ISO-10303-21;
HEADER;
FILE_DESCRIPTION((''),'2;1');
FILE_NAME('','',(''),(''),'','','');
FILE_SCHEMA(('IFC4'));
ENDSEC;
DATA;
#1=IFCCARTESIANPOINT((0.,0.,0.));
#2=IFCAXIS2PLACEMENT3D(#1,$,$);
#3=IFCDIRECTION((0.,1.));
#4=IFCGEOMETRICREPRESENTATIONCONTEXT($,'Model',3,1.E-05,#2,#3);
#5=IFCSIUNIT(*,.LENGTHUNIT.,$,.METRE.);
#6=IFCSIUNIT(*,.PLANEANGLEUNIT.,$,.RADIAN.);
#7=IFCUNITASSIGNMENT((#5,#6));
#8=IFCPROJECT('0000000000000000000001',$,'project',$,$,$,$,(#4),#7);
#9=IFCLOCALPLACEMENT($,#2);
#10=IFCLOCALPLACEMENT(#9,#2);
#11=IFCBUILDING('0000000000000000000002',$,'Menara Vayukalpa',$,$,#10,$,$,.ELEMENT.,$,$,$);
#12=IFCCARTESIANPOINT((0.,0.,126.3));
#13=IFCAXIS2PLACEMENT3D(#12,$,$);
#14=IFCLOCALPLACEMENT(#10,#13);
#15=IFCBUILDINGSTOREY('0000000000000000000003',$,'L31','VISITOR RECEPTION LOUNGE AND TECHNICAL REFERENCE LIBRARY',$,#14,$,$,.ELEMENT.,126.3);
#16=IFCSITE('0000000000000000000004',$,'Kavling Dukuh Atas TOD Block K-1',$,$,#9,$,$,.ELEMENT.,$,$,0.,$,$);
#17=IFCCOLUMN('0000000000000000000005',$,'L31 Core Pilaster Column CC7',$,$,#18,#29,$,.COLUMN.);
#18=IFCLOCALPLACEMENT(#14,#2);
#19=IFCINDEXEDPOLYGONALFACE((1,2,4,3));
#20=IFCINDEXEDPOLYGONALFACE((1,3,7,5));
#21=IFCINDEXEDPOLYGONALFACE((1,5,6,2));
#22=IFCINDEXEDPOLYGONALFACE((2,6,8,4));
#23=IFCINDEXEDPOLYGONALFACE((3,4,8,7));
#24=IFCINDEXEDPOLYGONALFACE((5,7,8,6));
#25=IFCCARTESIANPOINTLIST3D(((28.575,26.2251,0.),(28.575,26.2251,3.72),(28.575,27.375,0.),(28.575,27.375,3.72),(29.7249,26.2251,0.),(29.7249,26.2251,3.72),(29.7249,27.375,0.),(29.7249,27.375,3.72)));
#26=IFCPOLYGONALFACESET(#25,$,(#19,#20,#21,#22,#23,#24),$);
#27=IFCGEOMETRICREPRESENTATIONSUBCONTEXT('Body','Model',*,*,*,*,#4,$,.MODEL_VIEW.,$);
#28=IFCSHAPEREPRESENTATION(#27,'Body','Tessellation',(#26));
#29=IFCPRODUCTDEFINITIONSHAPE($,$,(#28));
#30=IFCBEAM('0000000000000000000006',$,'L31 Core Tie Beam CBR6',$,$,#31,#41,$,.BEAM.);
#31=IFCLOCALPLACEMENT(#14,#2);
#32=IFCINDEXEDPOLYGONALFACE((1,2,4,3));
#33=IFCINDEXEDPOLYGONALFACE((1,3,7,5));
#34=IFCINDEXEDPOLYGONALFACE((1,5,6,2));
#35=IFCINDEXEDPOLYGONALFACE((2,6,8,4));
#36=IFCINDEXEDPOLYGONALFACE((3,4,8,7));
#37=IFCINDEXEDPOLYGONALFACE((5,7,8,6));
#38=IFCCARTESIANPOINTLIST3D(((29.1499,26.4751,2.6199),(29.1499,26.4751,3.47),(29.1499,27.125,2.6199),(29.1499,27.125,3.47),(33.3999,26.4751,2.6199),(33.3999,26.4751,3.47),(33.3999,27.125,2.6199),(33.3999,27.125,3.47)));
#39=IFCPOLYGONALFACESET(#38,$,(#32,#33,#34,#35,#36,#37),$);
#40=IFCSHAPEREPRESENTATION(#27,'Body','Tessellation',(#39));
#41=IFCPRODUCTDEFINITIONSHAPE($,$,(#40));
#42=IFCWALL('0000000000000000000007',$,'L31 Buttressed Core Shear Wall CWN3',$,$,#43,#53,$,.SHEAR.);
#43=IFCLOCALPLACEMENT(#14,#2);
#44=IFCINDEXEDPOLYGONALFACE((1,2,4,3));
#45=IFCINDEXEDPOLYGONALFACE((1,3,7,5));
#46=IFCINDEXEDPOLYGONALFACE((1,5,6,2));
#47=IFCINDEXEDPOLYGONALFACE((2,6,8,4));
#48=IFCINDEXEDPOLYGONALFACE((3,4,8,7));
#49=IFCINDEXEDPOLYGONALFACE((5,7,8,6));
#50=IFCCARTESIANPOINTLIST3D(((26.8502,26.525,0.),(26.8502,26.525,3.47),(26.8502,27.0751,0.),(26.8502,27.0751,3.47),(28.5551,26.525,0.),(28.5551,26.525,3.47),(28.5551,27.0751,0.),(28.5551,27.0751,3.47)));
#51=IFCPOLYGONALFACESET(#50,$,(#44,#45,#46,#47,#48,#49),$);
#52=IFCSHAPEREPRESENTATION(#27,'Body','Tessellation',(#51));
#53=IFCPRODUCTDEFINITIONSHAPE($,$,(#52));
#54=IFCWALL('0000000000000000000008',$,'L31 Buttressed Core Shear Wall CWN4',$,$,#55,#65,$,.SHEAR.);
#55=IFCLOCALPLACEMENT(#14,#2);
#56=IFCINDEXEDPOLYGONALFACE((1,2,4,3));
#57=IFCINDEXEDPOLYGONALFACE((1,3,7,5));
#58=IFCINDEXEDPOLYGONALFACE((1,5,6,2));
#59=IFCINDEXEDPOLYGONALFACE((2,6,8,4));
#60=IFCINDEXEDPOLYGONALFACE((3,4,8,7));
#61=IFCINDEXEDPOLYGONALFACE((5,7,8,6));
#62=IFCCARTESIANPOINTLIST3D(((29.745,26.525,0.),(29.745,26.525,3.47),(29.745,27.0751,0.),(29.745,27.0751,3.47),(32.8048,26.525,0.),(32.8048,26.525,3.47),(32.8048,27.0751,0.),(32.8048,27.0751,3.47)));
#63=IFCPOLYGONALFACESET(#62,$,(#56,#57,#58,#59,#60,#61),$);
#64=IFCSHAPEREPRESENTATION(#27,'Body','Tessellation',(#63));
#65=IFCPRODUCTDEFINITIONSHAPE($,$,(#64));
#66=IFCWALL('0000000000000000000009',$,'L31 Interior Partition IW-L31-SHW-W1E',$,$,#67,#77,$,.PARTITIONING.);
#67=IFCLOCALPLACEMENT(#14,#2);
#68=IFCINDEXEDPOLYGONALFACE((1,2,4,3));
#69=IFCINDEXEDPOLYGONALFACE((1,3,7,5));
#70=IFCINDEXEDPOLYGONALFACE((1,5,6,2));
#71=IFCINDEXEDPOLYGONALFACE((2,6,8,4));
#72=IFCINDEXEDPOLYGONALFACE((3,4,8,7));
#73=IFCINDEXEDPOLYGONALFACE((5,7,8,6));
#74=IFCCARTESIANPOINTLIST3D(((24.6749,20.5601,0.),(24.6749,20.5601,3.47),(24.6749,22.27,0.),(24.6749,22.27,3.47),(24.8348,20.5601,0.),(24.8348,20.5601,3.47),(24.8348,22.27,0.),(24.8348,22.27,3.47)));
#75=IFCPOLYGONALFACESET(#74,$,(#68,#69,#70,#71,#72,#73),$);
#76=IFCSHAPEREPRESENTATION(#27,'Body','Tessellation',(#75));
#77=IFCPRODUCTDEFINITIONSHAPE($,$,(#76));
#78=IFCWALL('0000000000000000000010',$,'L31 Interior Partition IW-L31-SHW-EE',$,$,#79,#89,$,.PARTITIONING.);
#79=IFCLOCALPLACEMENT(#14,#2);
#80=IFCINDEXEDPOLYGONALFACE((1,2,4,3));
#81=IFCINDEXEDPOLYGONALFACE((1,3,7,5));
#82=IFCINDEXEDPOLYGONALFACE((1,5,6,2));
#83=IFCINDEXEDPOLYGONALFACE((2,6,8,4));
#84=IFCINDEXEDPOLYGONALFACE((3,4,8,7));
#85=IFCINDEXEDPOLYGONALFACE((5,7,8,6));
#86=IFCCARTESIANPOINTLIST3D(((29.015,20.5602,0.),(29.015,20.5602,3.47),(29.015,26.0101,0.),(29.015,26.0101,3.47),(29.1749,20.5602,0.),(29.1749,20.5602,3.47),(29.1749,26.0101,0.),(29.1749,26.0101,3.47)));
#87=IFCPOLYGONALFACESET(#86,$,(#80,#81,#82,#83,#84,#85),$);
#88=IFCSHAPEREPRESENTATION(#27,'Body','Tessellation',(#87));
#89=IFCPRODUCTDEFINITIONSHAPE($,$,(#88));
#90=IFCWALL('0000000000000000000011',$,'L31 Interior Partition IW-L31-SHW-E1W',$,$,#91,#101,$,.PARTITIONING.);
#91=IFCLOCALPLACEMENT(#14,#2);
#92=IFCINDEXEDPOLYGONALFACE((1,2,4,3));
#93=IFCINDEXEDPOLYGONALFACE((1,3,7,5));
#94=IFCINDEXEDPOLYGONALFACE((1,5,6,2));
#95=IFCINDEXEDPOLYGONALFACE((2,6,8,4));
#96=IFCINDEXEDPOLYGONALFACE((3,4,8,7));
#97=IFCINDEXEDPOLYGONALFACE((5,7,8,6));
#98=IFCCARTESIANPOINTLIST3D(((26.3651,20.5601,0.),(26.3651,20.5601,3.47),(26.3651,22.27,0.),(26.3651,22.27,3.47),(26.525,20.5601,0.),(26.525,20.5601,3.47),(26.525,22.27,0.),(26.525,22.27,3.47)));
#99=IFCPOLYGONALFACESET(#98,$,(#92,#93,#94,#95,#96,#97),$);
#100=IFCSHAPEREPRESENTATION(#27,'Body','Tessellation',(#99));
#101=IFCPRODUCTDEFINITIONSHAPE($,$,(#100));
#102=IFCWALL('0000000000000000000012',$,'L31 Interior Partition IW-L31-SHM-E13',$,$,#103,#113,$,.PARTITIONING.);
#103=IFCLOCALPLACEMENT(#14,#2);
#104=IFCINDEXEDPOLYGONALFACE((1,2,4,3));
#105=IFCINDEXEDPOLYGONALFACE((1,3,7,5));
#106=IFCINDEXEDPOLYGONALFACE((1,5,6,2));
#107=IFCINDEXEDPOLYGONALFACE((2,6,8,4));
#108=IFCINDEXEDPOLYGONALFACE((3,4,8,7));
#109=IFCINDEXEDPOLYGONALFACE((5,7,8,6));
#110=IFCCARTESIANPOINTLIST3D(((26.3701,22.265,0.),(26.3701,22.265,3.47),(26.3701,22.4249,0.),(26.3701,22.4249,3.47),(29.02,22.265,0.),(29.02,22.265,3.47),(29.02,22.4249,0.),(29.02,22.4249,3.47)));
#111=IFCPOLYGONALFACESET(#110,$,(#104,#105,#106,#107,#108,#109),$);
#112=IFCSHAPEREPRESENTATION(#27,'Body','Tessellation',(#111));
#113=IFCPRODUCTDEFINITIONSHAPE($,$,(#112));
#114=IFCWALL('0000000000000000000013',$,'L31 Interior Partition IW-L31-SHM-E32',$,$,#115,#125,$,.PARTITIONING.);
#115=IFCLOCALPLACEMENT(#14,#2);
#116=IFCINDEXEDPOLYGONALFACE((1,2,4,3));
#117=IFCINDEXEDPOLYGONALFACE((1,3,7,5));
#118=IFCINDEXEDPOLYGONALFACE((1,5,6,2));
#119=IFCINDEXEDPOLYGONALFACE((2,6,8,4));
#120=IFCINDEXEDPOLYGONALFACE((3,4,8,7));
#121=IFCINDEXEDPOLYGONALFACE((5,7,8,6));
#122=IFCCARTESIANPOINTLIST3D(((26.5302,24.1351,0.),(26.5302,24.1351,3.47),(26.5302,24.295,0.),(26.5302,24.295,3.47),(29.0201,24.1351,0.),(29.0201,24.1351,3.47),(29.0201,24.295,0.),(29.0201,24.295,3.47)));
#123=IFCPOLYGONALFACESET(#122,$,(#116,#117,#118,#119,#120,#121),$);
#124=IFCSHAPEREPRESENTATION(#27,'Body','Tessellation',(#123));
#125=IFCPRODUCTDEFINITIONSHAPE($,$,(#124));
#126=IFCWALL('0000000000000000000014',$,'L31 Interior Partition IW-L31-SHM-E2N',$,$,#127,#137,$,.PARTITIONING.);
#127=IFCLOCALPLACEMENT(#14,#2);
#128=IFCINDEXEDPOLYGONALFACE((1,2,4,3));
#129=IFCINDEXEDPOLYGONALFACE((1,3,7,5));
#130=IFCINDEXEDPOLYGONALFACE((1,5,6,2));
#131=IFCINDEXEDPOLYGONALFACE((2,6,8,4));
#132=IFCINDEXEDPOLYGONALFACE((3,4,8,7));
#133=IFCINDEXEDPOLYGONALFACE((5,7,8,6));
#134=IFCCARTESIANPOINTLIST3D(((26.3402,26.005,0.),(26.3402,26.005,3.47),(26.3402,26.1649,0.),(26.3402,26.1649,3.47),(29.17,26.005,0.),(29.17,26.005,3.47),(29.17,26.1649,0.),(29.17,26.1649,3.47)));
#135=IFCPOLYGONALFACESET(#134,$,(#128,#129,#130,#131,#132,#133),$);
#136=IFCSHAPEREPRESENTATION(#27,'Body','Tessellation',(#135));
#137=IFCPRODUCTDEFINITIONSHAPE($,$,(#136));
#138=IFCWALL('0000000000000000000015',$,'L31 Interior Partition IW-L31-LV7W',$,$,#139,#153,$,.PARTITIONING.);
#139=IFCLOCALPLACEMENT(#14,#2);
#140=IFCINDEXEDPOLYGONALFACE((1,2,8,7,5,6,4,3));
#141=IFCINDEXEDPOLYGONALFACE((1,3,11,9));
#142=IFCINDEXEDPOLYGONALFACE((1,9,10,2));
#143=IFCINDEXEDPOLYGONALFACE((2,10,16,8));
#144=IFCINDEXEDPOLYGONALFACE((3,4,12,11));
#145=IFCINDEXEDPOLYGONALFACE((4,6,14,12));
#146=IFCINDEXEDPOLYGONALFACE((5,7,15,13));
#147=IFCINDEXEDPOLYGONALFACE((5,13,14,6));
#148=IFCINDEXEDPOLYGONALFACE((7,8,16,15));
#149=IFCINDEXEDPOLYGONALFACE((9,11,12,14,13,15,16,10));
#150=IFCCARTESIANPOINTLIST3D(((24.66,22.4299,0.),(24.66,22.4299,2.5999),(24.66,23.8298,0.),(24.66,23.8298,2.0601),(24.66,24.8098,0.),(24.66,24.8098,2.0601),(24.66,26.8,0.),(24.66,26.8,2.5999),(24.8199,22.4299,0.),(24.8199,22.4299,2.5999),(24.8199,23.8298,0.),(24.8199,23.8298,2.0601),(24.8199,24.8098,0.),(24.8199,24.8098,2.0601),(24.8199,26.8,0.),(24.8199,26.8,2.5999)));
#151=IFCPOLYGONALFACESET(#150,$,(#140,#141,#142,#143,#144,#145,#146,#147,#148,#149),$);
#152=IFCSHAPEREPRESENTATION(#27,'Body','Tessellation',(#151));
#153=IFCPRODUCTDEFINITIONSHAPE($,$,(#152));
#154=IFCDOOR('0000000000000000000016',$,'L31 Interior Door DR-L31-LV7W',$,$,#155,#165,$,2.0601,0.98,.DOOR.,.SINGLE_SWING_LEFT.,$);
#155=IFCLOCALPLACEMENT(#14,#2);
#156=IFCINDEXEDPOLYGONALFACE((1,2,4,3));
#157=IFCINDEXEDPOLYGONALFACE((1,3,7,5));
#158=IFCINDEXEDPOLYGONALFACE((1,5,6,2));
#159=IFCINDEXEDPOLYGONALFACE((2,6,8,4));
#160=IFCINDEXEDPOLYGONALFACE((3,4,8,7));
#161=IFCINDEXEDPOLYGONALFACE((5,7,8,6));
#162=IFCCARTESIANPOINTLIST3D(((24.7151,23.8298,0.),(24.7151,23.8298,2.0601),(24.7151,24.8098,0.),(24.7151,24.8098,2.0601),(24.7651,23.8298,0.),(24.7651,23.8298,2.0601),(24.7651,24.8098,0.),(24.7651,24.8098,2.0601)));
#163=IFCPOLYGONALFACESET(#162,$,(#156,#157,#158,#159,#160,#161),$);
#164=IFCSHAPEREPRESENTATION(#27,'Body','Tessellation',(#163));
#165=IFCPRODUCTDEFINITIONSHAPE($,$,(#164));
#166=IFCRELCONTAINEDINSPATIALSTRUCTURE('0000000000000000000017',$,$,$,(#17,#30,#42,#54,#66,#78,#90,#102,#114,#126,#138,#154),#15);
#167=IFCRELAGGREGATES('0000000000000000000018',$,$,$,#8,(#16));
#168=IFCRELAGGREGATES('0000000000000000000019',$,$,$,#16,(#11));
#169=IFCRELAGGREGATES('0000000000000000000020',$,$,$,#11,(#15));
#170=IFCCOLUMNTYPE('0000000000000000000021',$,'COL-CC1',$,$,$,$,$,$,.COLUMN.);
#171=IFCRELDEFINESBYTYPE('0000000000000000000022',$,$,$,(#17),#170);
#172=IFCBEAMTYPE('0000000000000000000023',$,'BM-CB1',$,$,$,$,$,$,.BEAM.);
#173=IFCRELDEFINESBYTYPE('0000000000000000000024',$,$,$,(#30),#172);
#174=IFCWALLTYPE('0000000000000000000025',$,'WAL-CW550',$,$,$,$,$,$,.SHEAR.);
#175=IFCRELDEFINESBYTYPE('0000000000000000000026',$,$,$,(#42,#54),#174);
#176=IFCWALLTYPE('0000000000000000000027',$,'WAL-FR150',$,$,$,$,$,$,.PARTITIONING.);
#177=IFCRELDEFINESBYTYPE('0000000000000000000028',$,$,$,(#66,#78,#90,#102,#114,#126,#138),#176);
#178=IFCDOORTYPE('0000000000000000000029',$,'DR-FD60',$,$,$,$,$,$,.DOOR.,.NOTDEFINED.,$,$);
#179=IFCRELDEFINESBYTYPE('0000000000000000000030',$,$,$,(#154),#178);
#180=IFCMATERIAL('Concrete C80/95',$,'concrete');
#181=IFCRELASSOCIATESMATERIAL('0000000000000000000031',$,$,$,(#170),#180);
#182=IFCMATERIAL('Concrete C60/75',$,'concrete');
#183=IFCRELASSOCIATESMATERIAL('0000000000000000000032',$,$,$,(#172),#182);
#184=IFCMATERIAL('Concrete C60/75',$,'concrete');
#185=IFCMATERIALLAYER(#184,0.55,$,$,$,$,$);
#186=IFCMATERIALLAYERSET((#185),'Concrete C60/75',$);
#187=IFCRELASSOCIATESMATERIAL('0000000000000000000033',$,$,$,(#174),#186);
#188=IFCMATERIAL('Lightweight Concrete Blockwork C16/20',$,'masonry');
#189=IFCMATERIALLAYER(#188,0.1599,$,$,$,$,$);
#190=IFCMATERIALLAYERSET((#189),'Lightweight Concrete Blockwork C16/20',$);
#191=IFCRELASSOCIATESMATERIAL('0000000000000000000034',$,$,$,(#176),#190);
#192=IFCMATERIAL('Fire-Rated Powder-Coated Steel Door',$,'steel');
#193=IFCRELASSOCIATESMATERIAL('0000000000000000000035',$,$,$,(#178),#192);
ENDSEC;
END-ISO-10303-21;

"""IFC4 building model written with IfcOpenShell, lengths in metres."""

from ifc_helpers import new_model, si_unit, direction, frame, frame_2d, origin, origin_2d, place, context, subcontext, project, spatial, rectangle, extrude, material, layer, layer_set, material_profile, profile_set, type_object, element, fill, save


model = new_model("IFC4")

# Units and contexts
model_context = context("Model", 3, precision=1e-05, world=origin(), true_north=direction((0.0, 1.0)))
body_context = subcontext(model_context, "Body", "Model", "MODEL_VIEW")
ifc_project = project(units=[si_unit("LENGTHUNIT", "METRE"), si_unit("PLANEANGLEUNIT", "RADIAN")], contexts=[model_context])

# Site, building, storey
site_placement = place(None, origin())
site = spatial("IfcSite", under=ifc_project, at=site_placement, Name="Kavling Dukuh Atas TOD Block K-1", CompositionType="ELEMENT", RefElevation=0.0)
building_placement = place(site_placement, origin())
building = spatial("IfcBuilding", under=site, at=building_placement, Name="Menara Vayukalpa", CompositionType="ELEMENT")
storey_placement = place(building_placement, frame((0.0, 0.0, 126.3)))
storey = spatial("IfcBuildingStorey", under=building, at=storey_placement, Name="L31", Description="VISITOR RECEPTION LOUNGE AND TECHNICAL REFERENCE LIBRARY", CompositionType="ELEMENT", Elevation=126.3)

# Column
ifc_material_1 = material(Name="Concrete C80/95", Category="concrete")
ifc_material_profile_1 = material_profile(ifc_material_1, rectangle(XDim=1.1499, YDim=1.1499, at=origin_2d()), Name="RC 1150x1150")
ifc_profile_set_1 = profile_set([ifc_material_profile_1], Name="Concrete C80/95")
column_type = type_object("IfcColumnType", Name="COL-CC1", PredefinedType="COLUMN", material=ifc_profile_set_1)
column_placement = place(storey_placement, frame((29.1499, 26.8, 0.0), z_axis=(0.0, 0.0, 1.0), x_axis=(1.0, 0.0, 0.0)))
element("IfcColumn", 1, at=column_placement, inside=storey, type_object=column_type, Name="L31 Core Pilaster Column CC7", PredefinedType="COLUMN", context=body_context, shape_type="SweptSolid", body=[
    extrude(rectangle(XDim=1.1499, YDim=1.1499, at=origin_2d()), origin(), (0.0, 0.0, 1.0), 3.72),
])

# Beam
ifc_material_2 = material(Name="Concrete C60/75", Category="concrete")
ifc_material_profile_2 = material_profile(ifc_material_2, rectangle(XDim=0.6499, YDim=0.8501, at=origin_2d()), Name="RC 650x850")
ifc_profile_set_2 = profile_set([ifc_material_profile_2], Name="Concrete C60/75")
beam_type = type_object("IfcBeamType", Name="BM-CB1", PredefinedType="BEAM", material=ifc_profile_set_2)
beam_placement = place(storey_placement, frame((29.1499, 26.8, 3.0449), z_axis=(1.0, 0.0, 0.0), x_axis=(0.0, 1.0, 0.0)))
element("IfcBeam", 2, at=beam_placement, inside=storey, type_object=beam_type, Name="L31 Core Tie Beam CBR6", PredefinedType="BEAM", context=body_context, shape_type="SweptSolid", body=[
    extrude(rectangle(XDim=0.6499, YDim=0.8501, at=origin_2d()), origin(), (0.0, 0.0, 1.0), 4.25),
])

# Walls
ifc_material_3 = material(Name="Concrete C60/75", Category="concrete")
ifc_layer_1 = layer(ifc_material_3, 0.55)
ifc_layer_set_1 = layer_set([ifc_layer_1], Name="Concrete C60/75")
wall_type_1 = type_object("IfcWallType", Name="WAL-CW550", PredefinedType="SHEAR", material=ifc_layer_set_1)
wall_1_placement = place(storey_placement, frame((26.8501, 26.8, 0.0), z_axis=(0.0, 0.0, 1.0), x_axis=(1.0, 0.0, 0.0)))
element("IfcWall", 3, at=wall_1_placement, inside=storey, type_object=wall_type_1, Name="L31 Buttressed Core Shear Wall CWN3", PredefinedType="SHEAR", context=body_context, shape_type="SweptSolid", body=[
    extrude(rectangle(XDim=1.7048, YDim=0.55, at=frame_2d((0.8525, 0.0))), origin(), (0.0, 0.0, 1.0), 3.47),
])
wall_2_placement = place(storey_placement, frame((29.7451, 26.8, 0.0), z_axis=(0.0, 0.0, 1.0), x_axis=(1.0, 0.0, 0.0)))
element("IfcWall", 4, at=wall_2_placement, inside=storey, type_object=wall_type_1, Name="L31 Buttressed Core Shear Wall CWN4", PredefinedType="SHEAR", context=body_context, shape_type="SweptSolid", body=[
    extrude(rectangle(XDim=3.0598, YDim=0.55, at=frame_2d((1.5298, 0.0))), origin(), (0.0, 0.0, 1.0), 3.47),
])
ifc_material_4 = material(Name="Lightweight Concrete Blockwork C16/20", Category="masonry")
ifc_layer_2 = layer(ifc_material_4, 0.1599)
ifc_layer_set_2 = layer_set([ifc_layer_2], Name="Lightweight Concrete Blockwork C16/20")
wall_type_2 = type_object("IfcWallType", Name="WAL-FR150", PredefinedType="PARTITIONING", material=ifc_layer_set_2)
wall_3_placement = place(storey_placement, frame((24.7549, 20.5601, 0.0), z_axis=(0.0, 0.0, 1.0), x_axis=(0.0, 1.0, 0.0)))
element("IfcWall", 5, at=wall_3_placement, inside=storey, type_object=wall_type_2, Name="L31 Interior Partition IW-L31-SHW-W1E", PredefinedType="PARTITIONING", context=body_context, shape_type="SweptSolid", body=[
    extrude(rectangle(XDim=1.71, YDim=0.1599, at=frame_2d((0.855, 0.0))), origin(), (0.0, 0.0, 1.0), 3.47),
])
wall_4_placement = place(storey_placement, frame((29.095, 20.5601, 0.0), z_axis=(0.0, 0.0, 1.0), x_axis=(0.0, 1.0, 0.0)))
element("IfcWall", 6, at=wall_4_placement, inside=storey, type_object=wall_type_2, Name="L31 Interior Partition IW-L31-SHW-EE", PredefinedType="PARTITIONING", context=body_context, shape_type="SweptSolid", body=[
    extrude(rectangle(XDim=5.45, YDim=0.1599, at=frame_2d((2.7251, 0.0))), origin(), (0.0, 0.0, 1.0), 3.47),
])
wall_5_placement = place(storey_placement, frame((26.4451, 20.5601, 0.0), z_axis=(0.0, 0.0, 1.0), x_axis=(0.0, 1.0, 0.0)))
element("IfcWall", 7, at=wall_5_placement, inside=storey, type_object=wall_type_2, Name="L31 Interior Partition IW-L31-SHW-E1W", PredefinedType="PARTITIONING", context=body_context, shape_type="SweptSolid", body=[
    extrude(rectangle(XDim=1.71, YDim=0.1599, at=frame_2d((0.855, 0.0))), origin(), (0.0, 0.0, 1.0), 3.47),
])
wall_6_placement = place(storey_placement, frame((26.3701, 22.345, 0.0), z_axis=(0.0, 0.0, 1.0), x_axis=(1.0, 0.0, 0.0)))
element("IfcWall", 8, at=wall_6_placement, inside=storey, type_object=wall_type_2, Name="L31 Interior Partition IW-L31-SHM-E13", PredefinedType="PARTITIONING", context=body_context, shape_type="SweptSolid", body=[
    extrude(rectangle(XDim=2.6499, YDim=0.1599, at=frame_2d((1.325, 0.0))), origin(), (0.0, 0.0, 1.0), 3.47),
])
wall_7_placement = place(storey_placement, frame((26.53, 24.2151, 0.0), z_axis=(0.0, 0.0, 1.0), x_axis=(1.0, 0.0, 0.0)))
element("IfcWall", 9, at=wall_7_placement, inside=storey, type_object=wall_type_2, Name="L31 Interior Partition IW-L31-SHM-E32", PredefinedType="PARTITIONING", context=body_context, shape_type="SweptSolid", body=[
    extrude(rectangle(XDim=2.49, YDim=0.1599, at=frame_2d((1.2451, 0.0))), origin(), (0.0, 0.0, 1.0), 3.47),
])
wall_8_placement = place(storey_placement, frame((26.3401, 26.085, 0.0), z_axis=(0.0, 0.0, 1.0), x_axis=(1.0, 0.0, 0.0)))
element("IfcWall", 10, at=wall_8_placement, inside=storey, type_object=wall_type_2, Name="L31 Interior Partition IW-L31-SHM-E2N", PredefinedType="PARTITIONING", context=body_context, shape_type="SweptSolid", body=[
    extrude(rectangle(XDim=2.8298, YDim=0.1599, at=frame_2d((1.415, 0.0))), origin(), (0.0, 0.0, 1.0), 3.47),
])

# Wall, opening, door
wall_9_placement = place(storey_placement, frame((24.74, 22.4299, 0.0), z_axis=(0.0, 0.0, 1.0), x_axis=(0.0, 1.0, 0.0)))
wall_9 = element("IfcWall", 11, at=wall_9_placement, inside=storey, type_object=wall_type_2, Name="L31 Interior Partition IW-L31-LV7W", PredefinedType="PARTITIONING", context=body_context, shape_type="SweptSolid", body=[
    extrude(rectangle(XDim=4.3701, YDim=0.1599, at=frame_2d((2.1851, 0.0))), origin(), (0.0, 0.0, 1.0), 2.5999),
])
opening_1_placement = place(wall_9_placement, frame((1.3999, 0.0, 0.0)))
opening_1 = element("IfcOpeningElement", 12, at=opening_1_placement, cuts=wall_9, PredefinedType="OPENING", context=body_context, shape_type="SweptSolid", body=[
    extrude(rectangle(XDim=0.98, YDim=2.0601, at=frame_2d((0.49, 1.03))), frame((0.0, 0.0898, 0.0), z_axis=(0.0, -1.0, 0.0), x_axis=(1.0, 0.0, 0.0)), (0.0, 0.0, 1.0), 0.1799),
])
ifc_material_5 = material(Name="Fire-Rated Powder-Coated Steel Door", Category="steel")
door_type_1 = type_object("IfcDoorType", Name="DR-FD60", OperationType="NOTDEFINED", PredefinedType="DOOR", material=ifc_material_5)
door_1_placement = place(opening_1_placement, origin())
door_1 = element("IfcDoor", 13, at=door_1_placement, inside=storey, type_object=door_type_1, Name="L31 Interior Door DR-L31-LV7W", OperationType="SINGLE_SWING_LEFT", OverallHeight=2.0601, OverallWidth=0.98, PredefinedType="DOOR", context=body_context, shape_type="SweptSolid", body=[
    extrude(rectangle(XDim=0.98, YDim=2.0601, at=frame_2d((0.49, 1.03))), frame((0.0, 0.0249, 0.0), z_axis=(0.0, -1.0, 0.0), x_axis=(1.0, 0.0, 0.0)), (0.0, 0.0, 1.0), 0.05),
])
fill(opening_1, door_1)

save(model, "model.ifc")
